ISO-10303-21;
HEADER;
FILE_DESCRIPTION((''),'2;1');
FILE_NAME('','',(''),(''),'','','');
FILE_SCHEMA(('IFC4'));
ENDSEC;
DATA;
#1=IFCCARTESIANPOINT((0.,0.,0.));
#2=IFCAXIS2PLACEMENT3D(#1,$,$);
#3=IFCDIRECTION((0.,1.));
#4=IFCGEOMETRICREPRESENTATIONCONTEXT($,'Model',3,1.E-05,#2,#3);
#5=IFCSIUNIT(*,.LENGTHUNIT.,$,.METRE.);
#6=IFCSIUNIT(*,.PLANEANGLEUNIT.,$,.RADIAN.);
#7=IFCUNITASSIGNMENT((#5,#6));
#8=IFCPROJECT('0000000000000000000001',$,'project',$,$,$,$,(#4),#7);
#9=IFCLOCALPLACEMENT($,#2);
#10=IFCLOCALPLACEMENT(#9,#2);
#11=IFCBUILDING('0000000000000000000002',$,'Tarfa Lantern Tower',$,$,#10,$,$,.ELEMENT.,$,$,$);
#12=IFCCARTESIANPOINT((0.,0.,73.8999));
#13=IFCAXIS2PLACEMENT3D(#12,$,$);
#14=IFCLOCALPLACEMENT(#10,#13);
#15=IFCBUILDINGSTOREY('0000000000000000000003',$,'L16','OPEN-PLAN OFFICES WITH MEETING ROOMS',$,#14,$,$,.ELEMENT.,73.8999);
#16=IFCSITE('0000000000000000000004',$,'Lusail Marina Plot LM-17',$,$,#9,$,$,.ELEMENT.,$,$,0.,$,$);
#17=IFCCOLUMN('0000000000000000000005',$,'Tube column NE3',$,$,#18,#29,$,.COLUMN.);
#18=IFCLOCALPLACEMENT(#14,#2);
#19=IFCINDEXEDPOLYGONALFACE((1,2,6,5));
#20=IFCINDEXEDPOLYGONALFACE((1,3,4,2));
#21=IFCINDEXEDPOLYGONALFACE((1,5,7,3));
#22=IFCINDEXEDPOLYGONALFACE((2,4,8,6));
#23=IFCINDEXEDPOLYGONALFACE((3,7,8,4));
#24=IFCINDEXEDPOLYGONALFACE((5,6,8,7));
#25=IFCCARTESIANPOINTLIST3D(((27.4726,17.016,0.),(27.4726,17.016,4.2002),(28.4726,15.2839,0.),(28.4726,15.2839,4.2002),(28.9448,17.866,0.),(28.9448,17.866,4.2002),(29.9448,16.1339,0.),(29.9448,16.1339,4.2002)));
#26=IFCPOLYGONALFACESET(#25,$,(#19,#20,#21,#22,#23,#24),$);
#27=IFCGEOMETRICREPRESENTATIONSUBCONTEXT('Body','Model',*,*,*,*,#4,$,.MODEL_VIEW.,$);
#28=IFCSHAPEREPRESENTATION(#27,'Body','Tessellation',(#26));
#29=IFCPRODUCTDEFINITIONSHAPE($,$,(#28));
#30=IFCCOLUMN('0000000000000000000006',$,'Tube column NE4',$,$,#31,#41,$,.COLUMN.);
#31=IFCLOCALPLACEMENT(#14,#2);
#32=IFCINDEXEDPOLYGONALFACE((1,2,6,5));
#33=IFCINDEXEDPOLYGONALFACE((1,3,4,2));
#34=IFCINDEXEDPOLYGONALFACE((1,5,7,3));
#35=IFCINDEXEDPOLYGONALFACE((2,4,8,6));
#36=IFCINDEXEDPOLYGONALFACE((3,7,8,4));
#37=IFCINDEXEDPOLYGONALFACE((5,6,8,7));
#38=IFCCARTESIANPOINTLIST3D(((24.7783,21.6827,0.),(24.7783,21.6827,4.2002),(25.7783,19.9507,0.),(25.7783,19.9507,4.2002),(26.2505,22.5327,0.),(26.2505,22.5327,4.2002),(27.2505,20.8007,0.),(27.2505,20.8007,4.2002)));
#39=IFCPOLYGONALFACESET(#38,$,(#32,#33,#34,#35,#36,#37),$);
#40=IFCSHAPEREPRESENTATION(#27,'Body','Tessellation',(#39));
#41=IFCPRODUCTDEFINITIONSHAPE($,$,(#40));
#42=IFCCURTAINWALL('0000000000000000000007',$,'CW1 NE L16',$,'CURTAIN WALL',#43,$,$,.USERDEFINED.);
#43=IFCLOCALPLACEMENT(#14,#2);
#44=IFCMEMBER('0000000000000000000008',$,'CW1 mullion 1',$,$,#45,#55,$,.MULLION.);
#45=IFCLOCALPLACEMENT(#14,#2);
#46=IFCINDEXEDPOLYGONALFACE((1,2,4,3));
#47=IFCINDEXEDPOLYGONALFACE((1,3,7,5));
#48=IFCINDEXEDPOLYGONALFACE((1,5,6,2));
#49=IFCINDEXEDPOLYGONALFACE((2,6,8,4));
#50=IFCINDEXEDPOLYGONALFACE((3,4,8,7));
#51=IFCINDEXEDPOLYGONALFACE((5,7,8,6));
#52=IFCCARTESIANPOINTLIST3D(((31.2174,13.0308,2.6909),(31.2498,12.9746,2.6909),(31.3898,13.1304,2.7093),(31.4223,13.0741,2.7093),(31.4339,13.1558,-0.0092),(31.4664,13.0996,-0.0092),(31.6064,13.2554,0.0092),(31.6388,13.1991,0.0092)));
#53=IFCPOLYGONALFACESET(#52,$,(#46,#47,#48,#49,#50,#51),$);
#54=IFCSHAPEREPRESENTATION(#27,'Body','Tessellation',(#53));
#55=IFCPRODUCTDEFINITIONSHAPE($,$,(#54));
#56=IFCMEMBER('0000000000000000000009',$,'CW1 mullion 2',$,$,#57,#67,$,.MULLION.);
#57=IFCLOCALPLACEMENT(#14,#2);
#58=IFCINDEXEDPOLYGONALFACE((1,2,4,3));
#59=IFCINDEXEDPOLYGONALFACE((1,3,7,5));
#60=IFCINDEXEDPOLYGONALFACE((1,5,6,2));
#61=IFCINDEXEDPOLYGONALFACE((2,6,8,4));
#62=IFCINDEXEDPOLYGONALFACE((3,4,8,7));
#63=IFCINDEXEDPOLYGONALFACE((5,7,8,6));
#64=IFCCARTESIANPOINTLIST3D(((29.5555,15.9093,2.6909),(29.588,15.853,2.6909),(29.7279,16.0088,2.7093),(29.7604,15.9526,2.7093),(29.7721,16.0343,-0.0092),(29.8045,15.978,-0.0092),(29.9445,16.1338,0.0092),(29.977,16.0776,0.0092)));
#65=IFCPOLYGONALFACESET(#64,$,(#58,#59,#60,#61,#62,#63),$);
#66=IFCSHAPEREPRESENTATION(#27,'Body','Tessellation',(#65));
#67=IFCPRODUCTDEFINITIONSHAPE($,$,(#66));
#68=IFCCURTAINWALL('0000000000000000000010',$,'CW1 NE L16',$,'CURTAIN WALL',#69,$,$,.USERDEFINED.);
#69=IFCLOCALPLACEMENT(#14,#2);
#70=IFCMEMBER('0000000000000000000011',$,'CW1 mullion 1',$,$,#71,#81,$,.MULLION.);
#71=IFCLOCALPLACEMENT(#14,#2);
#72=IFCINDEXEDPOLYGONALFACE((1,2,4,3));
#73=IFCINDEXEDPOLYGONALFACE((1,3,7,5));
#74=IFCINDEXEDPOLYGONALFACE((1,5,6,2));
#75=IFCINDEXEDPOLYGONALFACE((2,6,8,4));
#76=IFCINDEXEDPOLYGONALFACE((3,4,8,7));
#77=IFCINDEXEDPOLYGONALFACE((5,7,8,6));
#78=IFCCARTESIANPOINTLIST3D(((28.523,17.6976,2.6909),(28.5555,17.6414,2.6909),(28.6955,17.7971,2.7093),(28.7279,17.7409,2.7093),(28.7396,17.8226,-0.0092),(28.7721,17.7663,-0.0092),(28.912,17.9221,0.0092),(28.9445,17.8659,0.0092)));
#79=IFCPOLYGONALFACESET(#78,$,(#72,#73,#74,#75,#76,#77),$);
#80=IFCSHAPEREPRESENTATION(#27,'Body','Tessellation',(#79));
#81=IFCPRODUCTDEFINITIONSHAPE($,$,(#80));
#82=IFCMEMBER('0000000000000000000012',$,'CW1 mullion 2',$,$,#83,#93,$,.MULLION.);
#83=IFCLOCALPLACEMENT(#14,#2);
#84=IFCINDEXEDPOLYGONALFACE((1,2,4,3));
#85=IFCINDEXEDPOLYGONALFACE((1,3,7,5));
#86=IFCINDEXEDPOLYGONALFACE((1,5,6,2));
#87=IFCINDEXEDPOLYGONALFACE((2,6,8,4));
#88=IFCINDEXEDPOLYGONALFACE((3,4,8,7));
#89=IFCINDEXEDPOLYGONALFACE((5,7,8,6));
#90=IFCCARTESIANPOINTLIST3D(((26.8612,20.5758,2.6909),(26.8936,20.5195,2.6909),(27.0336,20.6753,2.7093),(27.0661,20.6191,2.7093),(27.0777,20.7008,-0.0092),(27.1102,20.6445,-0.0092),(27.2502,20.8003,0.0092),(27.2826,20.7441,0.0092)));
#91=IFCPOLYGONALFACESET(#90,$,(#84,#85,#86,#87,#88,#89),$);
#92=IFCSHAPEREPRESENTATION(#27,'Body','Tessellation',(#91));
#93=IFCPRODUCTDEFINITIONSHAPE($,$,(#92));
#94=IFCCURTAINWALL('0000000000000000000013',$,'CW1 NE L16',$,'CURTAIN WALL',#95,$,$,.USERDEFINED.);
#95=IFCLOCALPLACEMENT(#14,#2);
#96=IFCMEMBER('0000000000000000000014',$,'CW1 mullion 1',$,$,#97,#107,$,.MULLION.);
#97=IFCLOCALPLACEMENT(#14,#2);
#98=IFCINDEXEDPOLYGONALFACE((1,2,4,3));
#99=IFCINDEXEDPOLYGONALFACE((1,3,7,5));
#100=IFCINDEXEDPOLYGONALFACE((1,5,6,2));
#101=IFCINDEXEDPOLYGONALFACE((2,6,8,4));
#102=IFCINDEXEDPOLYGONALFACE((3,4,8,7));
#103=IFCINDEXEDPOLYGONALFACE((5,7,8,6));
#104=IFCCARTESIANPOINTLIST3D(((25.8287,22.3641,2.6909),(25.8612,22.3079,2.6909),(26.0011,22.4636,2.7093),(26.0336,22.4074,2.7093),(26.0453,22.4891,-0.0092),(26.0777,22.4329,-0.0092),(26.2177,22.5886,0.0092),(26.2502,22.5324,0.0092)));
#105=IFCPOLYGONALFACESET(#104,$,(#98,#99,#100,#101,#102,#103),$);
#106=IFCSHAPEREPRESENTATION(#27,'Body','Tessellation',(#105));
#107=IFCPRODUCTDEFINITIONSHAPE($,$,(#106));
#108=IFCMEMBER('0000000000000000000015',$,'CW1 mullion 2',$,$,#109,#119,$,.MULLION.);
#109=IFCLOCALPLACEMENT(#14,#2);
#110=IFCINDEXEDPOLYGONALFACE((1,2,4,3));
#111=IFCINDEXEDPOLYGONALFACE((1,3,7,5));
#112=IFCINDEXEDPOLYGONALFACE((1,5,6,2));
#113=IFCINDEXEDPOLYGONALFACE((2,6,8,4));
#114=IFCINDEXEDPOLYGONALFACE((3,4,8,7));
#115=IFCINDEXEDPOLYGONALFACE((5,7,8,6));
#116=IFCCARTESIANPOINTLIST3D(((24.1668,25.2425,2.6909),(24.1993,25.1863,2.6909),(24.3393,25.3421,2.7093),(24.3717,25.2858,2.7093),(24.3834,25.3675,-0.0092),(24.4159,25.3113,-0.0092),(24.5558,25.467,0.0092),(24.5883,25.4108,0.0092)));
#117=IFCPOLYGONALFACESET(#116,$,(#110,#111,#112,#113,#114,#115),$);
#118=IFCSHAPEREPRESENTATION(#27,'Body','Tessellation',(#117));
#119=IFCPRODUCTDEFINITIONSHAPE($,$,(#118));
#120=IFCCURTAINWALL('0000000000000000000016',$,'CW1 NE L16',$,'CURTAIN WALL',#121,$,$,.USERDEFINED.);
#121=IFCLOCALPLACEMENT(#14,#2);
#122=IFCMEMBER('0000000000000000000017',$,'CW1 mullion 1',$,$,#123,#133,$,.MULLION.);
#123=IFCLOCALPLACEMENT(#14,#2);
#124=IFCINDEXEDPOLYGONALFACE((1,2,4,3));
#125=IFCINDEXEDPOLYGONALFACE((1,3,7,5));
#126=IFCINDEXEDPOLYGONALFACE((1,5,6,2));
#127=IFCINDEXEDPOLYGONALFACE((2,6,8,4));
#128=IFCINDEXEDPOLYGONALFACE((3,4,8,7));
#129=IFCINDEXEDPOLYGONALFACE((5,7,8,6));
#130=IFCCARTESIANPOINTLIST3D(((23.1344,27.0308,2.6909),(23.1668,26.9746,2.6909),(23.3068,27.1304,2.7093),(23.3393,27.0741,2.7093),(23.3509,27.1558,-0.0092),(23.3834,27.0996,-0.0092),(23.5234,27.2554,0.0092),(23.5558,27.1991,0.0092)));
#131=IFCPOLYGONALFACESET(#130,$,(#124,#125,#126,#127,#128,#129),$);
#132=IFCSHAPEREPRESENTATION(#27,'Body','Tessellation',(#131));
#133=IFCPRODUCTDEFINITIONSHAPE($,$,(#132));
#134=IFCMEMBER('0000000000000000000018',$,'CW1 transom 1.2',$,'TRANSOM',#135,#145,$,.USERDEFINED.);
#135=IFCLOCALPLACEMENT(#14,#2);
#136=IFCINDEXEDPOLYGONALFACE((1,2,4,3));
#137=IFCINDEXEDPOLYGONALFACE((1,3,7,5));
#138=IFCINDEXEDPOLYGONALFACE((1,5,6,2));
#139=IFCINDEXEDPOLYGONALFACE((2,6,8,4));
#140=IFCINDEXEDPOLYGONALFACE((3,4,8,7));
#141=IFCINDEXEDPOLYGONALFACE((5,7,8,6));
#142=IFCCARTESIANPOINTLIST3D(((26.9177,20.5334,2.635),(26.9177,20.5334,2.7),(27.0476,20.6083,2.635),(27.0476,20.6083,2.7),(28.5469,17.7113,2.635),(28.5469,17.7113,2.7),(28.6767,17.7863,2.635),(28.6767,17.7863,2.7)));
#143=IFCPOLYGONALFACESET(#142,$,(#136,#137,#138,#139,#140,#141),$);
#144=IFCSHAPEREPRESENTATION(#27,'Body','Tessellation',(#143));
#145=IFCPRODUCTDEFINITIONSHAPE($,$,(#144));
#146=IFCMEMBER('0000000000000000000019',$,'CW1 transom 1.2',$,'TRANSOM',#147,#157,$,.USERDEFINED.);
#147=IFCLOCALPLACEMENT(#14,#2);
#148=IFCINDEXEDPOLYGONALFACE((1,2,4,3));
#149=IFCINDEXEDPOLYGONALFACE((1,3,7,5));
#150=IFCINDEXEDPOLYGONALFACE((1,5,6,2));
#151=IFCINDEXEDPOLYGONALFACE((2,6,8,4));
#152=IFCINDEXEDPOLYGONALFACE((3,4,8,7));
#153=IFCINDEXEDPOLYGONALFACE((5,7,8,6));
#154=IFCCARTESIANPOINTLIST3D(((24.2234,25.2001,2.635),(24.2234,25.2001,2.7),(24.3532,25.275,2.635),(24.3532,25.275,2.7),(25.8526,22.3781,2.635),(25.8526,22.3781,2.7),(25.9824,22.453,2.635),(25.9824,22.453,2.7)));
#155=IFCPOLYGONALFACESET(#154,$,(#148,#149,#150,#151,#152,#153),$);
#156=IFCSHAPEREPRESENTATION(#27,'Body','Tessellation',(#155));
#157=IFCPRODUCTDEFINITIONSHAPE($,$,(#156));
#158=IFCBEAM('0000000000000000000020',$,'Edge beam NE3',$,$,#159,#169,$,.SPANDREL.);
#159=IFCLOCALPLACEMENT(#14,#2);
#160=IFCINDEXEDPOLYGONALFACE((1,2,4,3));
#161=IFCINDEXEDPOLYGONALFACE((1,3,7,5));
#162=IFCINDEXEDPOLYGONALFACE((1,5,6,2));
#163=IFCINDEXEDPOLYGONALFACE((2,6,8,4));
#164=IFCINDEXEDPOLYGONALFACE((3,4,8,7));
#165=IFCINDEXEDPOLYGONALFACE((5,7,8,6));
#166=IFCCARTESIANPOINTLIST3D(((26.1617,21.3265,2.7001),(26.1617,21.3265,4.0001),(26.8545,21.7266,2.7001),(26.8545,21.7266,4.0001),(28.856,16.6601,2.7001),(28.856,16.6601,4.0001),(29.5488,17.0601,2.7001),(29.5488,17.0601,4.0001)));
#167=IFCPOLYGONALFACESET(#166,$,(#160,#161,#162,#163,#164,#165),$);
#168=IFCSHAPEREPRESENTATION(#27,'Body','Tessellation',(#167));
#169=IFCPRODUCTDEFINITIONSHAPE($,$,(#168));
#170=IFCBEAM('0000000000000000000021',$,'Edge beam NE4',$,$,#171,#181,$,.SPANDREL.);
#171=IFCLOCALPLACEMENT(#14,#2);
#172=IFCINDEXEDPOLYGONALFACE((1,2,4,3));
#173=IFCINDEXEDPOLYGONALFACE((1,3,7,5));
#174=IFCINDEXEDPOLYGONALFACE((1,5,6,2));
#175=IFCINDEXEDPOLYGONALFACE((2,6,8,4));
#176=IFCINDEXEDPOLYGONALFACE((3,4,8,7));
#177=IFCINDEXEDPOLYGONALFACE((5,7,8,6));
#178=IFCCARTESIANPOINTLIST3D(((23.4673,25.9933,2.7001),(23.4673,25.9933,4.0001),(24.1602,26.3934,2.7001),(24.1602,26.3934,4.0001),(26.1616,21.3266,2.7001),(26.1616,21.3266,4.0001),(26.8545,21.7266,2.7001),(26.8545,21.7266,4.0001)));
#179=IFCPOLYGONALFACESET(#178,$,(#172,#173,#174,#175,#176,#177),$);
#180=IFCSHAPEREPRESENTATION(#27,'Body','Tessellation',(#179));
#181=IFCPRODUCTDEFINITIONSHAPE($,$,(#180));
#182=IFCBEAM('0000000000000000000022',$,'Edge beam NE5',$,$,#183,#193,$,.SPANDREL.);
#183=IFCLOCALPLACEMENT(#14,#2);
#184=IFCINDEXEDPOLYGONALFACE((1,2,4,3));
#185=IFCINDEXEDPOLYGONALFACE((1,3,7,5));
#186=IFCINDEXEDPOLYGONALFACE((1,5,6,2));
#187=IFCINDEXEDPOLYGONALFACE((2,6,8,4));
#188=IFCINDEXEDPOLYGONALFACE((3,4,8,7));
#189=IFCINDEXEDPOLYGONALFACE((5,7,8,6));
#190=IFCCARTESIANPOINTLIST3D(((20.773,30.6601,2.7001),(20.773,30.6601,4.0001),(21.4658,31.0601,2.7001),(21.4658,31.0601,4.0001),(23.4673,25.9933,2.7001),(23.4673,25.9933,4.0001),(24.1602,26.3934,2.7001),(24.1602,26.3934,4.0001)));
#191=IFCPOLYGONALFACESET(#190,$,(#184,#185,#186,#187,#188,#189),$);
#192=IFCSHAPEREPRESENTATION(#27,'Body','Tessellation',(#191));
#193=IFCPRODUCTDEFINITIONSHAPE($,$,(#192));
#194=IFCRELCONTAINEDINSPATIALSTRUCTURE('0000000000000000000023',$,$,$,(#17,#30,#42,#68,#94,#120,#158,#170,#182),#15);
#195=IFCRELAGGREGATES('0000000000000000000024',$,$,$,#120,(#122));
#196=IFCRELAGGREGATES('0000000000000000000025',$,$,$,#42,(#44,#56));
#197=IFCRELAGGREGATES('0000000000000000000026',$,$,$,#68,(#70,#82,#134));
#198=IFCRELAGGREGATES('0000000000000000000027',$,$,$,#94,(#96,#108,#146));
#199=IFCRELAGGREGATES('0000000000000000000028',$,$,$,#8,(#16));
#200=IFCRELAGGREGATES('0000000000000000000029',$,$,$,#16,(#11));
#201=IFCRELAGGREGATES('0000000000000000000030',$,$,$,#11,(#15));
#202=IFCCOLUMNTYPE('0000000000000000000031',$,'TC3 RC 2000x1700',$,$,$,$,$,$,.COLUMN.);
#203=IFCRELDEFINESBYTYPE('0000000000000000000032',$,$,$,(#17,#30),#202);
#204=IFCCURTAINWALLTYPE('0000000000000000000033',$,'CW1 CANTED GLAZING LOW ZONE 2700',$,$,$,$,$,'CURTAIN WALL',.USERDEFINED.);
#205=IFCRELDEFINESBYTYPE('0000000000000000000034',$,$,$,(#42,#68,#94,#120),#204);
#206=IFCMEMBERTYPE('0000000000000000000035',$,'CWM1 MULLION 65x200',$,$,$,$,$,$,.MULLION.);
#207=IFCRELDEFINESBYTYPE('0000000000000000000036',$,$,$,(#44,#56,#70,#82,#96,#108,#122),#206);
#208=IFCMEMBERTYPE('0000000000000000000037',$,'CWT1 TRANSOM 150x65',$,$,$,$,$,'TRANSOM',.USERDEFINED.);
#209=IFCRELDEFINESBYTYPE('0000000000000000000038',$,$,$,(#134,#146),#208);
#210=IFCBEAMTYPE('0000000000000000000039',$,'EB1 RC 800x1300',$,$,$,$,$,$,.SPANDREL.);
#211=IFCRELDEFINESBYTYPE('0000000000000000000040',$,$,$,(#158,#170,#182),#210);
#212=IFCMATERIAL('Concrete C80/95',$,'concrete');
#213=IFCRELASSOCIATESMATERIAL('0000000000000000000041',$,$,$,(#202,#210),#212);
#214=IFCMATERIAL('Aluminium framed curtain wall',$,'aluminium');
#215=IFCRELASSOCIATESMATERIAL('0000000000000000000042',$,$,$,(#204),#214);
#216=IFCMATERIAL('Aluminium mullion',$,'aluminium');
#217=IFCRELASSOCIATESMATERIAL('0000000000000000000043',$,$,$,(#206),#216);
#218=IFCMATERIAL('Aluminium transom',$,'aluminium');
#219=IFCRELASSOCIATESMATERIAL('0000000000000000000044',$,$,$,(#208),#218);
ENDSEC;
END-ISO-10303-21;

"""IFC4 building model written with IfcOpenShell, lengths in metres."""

from ifc_helpers import new_model, si_unit, direction, frame, origin, origin_2d, place, context, subcontext, project, spatial, rectangle, extrude, material, material_profile, profile_set, type_object, element, aggregate, save


model = new_model("IFC4")

# Units and contexts
model_context = context("Model", 3, precision=1e-05, world=origin(), true_north=direction((0.0, 1.0)))
body_context = subcontext(model_context, "Body", "Model", "MODEL_VIEW")
ifc_project = project(units=[si_unit("LENGTHUNIT", "METRE"), si_unit("PLANEANGLEUNIT", "RADIAN")], contexts=[model_context])

# Site, building, storey
site_placement = place(None, origin())
site = spatial("IfcSite", under=ifc_project, at=site_placement, Name="Lusail Marina Plot LM-17", CompositionType="ELEMENT", RefElevation=0.0)
building_placement = place(site_placement, origin())
building = spatial("IfcBuilding", under=site, at=building_placement, Name="Tarfa Lantern Tower", CompositionType="ELEMENT")
storey_placement = place(building_placement, frame((0.0, 0.0, 73.8999)))
storey = spatial("IfcBuildingStorey", under=building, at=storey_placement, Name="L16", Description="OPEN-PLAN OFFICES WITH MEETING ROOMS", CompositionType="ELEMENT", Elevation=73.8999)

# Columns
ifc_material_1 = material(Name="Concrete C80/95", Category="concrete")
ifc_material_profile_1 = material_profile(ifc_material_1, rectangle(XDim=2.0, YDim=1.7, at=origin_2d()), Name="RC 2000x1700")
ifc_profile_set_1 = profile_set([ifc_material_profile_1], Name="Concrete C80/95")
column_type = type_object("IfcColumnType", Name="TC3 RC 2000x1700", PredefinedType="COLUMN", material=ifc_profile_set_1)
for number, where, z_axis, x_axis, name in (
    (1, (28.7087, 16.575, 0.0), (0.0, 0.0, 1.0), (-0.5, 0.866025, 0.0), "Tube column NE3"),
    (2, (26.0144, 21.2417, 0.0), (0.0, 0.0, 1.0), (-0.5, 0.866025, 0.0), "Tube column NE4"),
):
    element("IfcColumn", number, at=place(storey_placement, frame(where, z_axis=z_axis, x_axis=x_axis)), inside=storey, type_object=column_type, Name=name, PredefinedType="COLUMN", context=body_context, shape_type="SweptSolid", body=[
        extrude(rectangle(XDim=2.0, YDim=1.7, at=origin_2d()), origin(), (0.0, 0.0, 1.0), 4.2002),
    ])

# Curtain walls, members
ifc_material_2 = material(Name="Aluminium framed curtain wall", Category="aluminium")
curtain_wall_type = type_object("IfcCurtainWallType", Name="CW1 CANTED GLAZING LOW ZONE 2700", ElementType="CURTAIN WALL", PredefinedType="USERDEFINED", material=ifc_material_2)
curtain_wall_1_placement = place(storey_placement, origin())
curtain_wall_1 = element("IfcCurtainWall", 3, at=curtain_wall_1_placement, inside=storey, type_object=curtain_wall_type, Name="CW1 NE L16", ObjectType="CURTAIN WALL", PredefinedType="USERDEFINED")
ifc_material_3 = material(Name="Aluminium mullion", Category="aluminium")
ifc_material_profile_2 = material_profile(ifc_material_3, rectangle(XDim=0.0649, YDim=0.2, at=origin_2d()), Name="AL MULLION 65x200")
ifc_profile_set_2 = profile_set([ifc_material_profile_2], Name="Aluminium mullion")
member_type_1 = type_object("IfcMemberType", Name="CWM1 MULLION 65x200", PredefinedType="MULLION", material=ifc_profile_set_2)
member_1_placement = place(storey_placement, frame((31.5364, 13.1775, 0.0), z_axis=(-0.079857, -0.046096, 0.99574), x_axis=(0.49992, -0.866072, 0.0)))
member_1 = element("IfcMember", 4, at=member_1_placement, type_object=member_type_1, Name="CW1 mullion 1", PredefinedType="MULLION", context=body_context, shape_type="SweptSolid", body=[
    extrude(rectangle(XDim=0.0649, YDim=0.2, at=origin_2d()), origin(), (0.0, 0.0, 1.0), 2.7117),
])
member_2_placement = place(storey_placement, frame((29.8745, 16.0559, 0.0), z_axis=(-0.079857, -0.046096, 0.99574), x_axis=(0.49992, -0.866072, 0.0)))
member_2 = element("IfcMember", 5, at=member_2_placement, type_object=member_type_1, Name="CW1 mullion 2", PredefinedType="MULLION", context=body_context, shape_type="SweptSolid", body=[
    extrude(rectangle(XDim=0.0649, YDim=0.2, at=origin_2d()), origin(), (0.0, 0.0, 1.0), 2.7117),
])
curtain_wall_2_placement = place(storey_placement, origin())
curtain_wall_2 = element("IfcCurtainWall", 6, at=curtain_wall_2_placement, inside=storey, type_object=curtain_wall_type, Name="CW1 NE L16", ObjectType="CURTAIN WALL", PredefinedType="USERDEFINED")
member_3_placement = place(storey_placement, frame((28.842, 17.8442, 0.0), z_axis=(-0.079857, -0.046096, 0.99574), x_axis=(0.49992, -0.866072, 0.0)))
member_3 = element("IfcMember", 7, at=member_3_placement, type_object=member_type_1, Name="CW1 mullion 1", PredefinedType="MULLION", context=body_context, shape_type="SweptSolid", body=[
    extrude(rectangle(XDim=0.0649, YDim=0.2, at=origin_2d()), origin(), (0.0, 0.0, 1.0), 2.7117),
])
member_4_placement = place(storey_placement, frame((27.1802, 20.7224, 0.0), z_axis=(-0.079857, -0.046096, 0.99574), x_axis=(0.49992, -0.866072, 0.0)))
member_4 = element("IfcMember", 8, at=member_4_placement, type_object=member_type_1, Name="CW1 mullion 2", PredefinedType="MULLION", context=body_context, shape_type="SweptSolid", body=[
    extrude(rectangle(XDim=0.0649, YDim=0.2, at=origin_2d()), origin(), (0.0, 0.0, 1.0), 2.7117),
])
curtain_wall_3_placement = place(storey_placement, origin())
curtain_wall_3 = element("IfcCurtainWall", 9, at=curtain_wall_3_placement, inside=storey, type_object=curtain_wall_type, Name="CW1 NE L16", ObjectType="CURTAIN WALL", PredefinedType="USERDEFINED")
member_5_placement = place(storey_placement, frame((26.1477, 22.5107, 0.0), z_axis=(-0.079857, -0.046096, 0.99574), x_axis=(0.49992, -0.866072, 0.0)))
member_5 = element("IfcMember", 10, at=member_5_placement, type_object=member_type_1, Name="CW1 mullion 1", PredefinedType="MULLION", context=body_context, shape_type="SweptSolid", body=[
    extrude(rectangle(XDim=0.0649, YDim=0.2, at=origin_2d()), origin(), (0.0, 0.0, 1.0), 2.7117),
])
member_6_placement = place(storey_placement, frame((24.4858, 25.3892, 0.0), z_axis=(-0.079857, -0.046096, 0.99574), x_axis=(0.49992, -0.866072, 0.0)))
member_6 = element("IfcMember", 11, at=member_6_placement, type_object=member_type_1, Name="CW1 mullion 2", PredefinedType="MULLION", context=body_context, shape_type="SweptSolid", body=[
    extrude(rectangle(XDim=0.0649, YDim=0.2, at=origin_2d()), origin(), (0.0, 0.0, 1.0), 2.7117),
])

# Curtain wall, member
curtain_wall_4_placement = place(storey_placement, origin())
curtain_wall_4 = element("IfcCurtainWall", 12, at=curtain_wall_4_placement, inside=storey, type_object=curtain_wall_type, Name="CW1 NE L16", ObjectType="CURTAIN WALL", PredefinedType="USERDEFINED")
member_7_placement = place(storey_placement, frame((23.4534, 27.1775, 0.0), z_axis=(-0.079857, -0.046096, 0.99574), x_axis=(0.49992, -0.866072, 0.0)))
member_7 = element("IfcMember", 13, at=member_7_placement, type_object=member_type_1, Name="CW1 mullion 1", PredefinedType="MULLION", context=body_context, shape_type="SweptSolid", body=[
    extrude(rectangle(XDim=0.0649, YDim=0.2, at=origin_2d()), origin(), (0.0, 0.0, 1.0), 2.7117),
])
aggregate(curtain_wall_4, [member_7])

# Members
ifc_material_4 = material(Name="Aluminium transom", Category="aluminium")
ifc_material_profile_3 = material_profile(ifc_material_4, rectangle(XDim=0.1499, YDim=0.0649, at=origin_2d()), Name="AL TRANSOM 150x65")
ifc_profile_set_3 = profile_set([ifc_material_profile_3], Name="Aluminium transom")
member_type_2 = type_object("IfcMemberType", Name="CWT1 TRANSOM 150x65", ElementType="TRANSOM", PredefinedType="USERDEFINED", material=ifc_profile_set_3)
member_8_placement = place(storey_placement, frame((28.6118, 17.7488, 2.6675), z_axis=(-0.499967, 0.866045, 0.0), x_axis=(-0.866045, -0.499967, 0.0)))
member_8 = element("IfcMember", 14, at=member_8_placement, type_object=member_type_2, Name="CW1 transom 1.2", ObjectType="TRANSOM", PredefinedType="USERDEFINED", context=body_context, shape_type="SweptSolid", body=[
    extrude(rectangle(XDim=0.1499, YDim=0.0649, at=origin_2d()), origin(), (0.0, 0.0, 1.0), 3.2585),
])
member_9_placement = place(storey_placement, frame((25.9175, 22.4155, 2.6675), z_axis=(-0.499967, 0.866045, 0.0), x_axis=(-0.866045, -0.499967, 0.0)))
member_9 = element("IfcMember", 15, at=member_9_placement, type_object=member_type_2, Name="CW1 transom 1.2", ObjectType="TRANSOM", PredefinedType="USERDEFINED", context=body_context, shape_type="SweptSolid", body=[
    extrude(rectangle(XDim=0.1499, YDim=0.0649, at=origin_2d()), origin(), (0.0, 0.0, 1.0), 3.2585),
])

# Beams
ifc_material_profile_4 = material_profile(ifc_material_1, rectangle(XDim=0.8, YDim=1.3, at=origin_2d()), Name="RC 800x1300")
ifc_profile_set_4 = profile_set([ifc_material_profile_4], Name="Concrete C80/95")
beam_type_1 = type_object("IfcBeamType", Name="EB1 RC 800x1300", PredefinedType="SPANDREL", material=ifc_profile_set_4)
beam_1_placement = place(storey_placement, frame((29.2024, 16.8601, 3.3501), z_axis=(-0.500018, 0.866015, 0.0), x_axis=(-0.866015, -0.500018, 0.0)))
element("IfcBeam", 16, at=beam_1_placement, inside=storey, type_object=beam_type_1, Name="Edge beam NE3", PredefinedType="SPANDREL", context=body_context, shape_type="SweptSolid", body=[
    extrude(rectangle(XDim=0.8, YDim=1.3, at=origin_2d()), origin(), (0.0, 0.0, 1.0), 5.3884),
])
for number, where, z_axis, x_axis, name in (
    (17, (26.5081, 21.5266, 3.3501), (-0.499998, 0.866026, 0.0), (-0.866026, -0.499998, 0.0), "Edge beam NE4"),
    (18, (23.8137, 26.1934, 3.3501), (-0.499998, 0.866026, 0.0), (-0.866026, -0.499998, 0.0), "Edge beam NE5"),
):
    element("IfcBeam", number, at=place(storey_placement, frame(where, z_axis=z_axis, x_axis=x_axis)), inside=storey, type_object=beam_type_1, Name=name, PredefinedType="SPANDREL", context=body_context, shape_type="SweptSolid", body=[
        extrude(rectangle(XDim=0.8, YDim=1.3, at=origin_2d()), origin(), (0.0, 0.0, 1.0), 5.3887),
    ])

aggregate(curtain_wall_1, [member_1, member_2])
aggregate(curtain_wall_2, [member_3, member_4, member_8])
aggregate(curtain_wall_3, [member_5, member_6, member_9])

save(model, "model.ifc")
